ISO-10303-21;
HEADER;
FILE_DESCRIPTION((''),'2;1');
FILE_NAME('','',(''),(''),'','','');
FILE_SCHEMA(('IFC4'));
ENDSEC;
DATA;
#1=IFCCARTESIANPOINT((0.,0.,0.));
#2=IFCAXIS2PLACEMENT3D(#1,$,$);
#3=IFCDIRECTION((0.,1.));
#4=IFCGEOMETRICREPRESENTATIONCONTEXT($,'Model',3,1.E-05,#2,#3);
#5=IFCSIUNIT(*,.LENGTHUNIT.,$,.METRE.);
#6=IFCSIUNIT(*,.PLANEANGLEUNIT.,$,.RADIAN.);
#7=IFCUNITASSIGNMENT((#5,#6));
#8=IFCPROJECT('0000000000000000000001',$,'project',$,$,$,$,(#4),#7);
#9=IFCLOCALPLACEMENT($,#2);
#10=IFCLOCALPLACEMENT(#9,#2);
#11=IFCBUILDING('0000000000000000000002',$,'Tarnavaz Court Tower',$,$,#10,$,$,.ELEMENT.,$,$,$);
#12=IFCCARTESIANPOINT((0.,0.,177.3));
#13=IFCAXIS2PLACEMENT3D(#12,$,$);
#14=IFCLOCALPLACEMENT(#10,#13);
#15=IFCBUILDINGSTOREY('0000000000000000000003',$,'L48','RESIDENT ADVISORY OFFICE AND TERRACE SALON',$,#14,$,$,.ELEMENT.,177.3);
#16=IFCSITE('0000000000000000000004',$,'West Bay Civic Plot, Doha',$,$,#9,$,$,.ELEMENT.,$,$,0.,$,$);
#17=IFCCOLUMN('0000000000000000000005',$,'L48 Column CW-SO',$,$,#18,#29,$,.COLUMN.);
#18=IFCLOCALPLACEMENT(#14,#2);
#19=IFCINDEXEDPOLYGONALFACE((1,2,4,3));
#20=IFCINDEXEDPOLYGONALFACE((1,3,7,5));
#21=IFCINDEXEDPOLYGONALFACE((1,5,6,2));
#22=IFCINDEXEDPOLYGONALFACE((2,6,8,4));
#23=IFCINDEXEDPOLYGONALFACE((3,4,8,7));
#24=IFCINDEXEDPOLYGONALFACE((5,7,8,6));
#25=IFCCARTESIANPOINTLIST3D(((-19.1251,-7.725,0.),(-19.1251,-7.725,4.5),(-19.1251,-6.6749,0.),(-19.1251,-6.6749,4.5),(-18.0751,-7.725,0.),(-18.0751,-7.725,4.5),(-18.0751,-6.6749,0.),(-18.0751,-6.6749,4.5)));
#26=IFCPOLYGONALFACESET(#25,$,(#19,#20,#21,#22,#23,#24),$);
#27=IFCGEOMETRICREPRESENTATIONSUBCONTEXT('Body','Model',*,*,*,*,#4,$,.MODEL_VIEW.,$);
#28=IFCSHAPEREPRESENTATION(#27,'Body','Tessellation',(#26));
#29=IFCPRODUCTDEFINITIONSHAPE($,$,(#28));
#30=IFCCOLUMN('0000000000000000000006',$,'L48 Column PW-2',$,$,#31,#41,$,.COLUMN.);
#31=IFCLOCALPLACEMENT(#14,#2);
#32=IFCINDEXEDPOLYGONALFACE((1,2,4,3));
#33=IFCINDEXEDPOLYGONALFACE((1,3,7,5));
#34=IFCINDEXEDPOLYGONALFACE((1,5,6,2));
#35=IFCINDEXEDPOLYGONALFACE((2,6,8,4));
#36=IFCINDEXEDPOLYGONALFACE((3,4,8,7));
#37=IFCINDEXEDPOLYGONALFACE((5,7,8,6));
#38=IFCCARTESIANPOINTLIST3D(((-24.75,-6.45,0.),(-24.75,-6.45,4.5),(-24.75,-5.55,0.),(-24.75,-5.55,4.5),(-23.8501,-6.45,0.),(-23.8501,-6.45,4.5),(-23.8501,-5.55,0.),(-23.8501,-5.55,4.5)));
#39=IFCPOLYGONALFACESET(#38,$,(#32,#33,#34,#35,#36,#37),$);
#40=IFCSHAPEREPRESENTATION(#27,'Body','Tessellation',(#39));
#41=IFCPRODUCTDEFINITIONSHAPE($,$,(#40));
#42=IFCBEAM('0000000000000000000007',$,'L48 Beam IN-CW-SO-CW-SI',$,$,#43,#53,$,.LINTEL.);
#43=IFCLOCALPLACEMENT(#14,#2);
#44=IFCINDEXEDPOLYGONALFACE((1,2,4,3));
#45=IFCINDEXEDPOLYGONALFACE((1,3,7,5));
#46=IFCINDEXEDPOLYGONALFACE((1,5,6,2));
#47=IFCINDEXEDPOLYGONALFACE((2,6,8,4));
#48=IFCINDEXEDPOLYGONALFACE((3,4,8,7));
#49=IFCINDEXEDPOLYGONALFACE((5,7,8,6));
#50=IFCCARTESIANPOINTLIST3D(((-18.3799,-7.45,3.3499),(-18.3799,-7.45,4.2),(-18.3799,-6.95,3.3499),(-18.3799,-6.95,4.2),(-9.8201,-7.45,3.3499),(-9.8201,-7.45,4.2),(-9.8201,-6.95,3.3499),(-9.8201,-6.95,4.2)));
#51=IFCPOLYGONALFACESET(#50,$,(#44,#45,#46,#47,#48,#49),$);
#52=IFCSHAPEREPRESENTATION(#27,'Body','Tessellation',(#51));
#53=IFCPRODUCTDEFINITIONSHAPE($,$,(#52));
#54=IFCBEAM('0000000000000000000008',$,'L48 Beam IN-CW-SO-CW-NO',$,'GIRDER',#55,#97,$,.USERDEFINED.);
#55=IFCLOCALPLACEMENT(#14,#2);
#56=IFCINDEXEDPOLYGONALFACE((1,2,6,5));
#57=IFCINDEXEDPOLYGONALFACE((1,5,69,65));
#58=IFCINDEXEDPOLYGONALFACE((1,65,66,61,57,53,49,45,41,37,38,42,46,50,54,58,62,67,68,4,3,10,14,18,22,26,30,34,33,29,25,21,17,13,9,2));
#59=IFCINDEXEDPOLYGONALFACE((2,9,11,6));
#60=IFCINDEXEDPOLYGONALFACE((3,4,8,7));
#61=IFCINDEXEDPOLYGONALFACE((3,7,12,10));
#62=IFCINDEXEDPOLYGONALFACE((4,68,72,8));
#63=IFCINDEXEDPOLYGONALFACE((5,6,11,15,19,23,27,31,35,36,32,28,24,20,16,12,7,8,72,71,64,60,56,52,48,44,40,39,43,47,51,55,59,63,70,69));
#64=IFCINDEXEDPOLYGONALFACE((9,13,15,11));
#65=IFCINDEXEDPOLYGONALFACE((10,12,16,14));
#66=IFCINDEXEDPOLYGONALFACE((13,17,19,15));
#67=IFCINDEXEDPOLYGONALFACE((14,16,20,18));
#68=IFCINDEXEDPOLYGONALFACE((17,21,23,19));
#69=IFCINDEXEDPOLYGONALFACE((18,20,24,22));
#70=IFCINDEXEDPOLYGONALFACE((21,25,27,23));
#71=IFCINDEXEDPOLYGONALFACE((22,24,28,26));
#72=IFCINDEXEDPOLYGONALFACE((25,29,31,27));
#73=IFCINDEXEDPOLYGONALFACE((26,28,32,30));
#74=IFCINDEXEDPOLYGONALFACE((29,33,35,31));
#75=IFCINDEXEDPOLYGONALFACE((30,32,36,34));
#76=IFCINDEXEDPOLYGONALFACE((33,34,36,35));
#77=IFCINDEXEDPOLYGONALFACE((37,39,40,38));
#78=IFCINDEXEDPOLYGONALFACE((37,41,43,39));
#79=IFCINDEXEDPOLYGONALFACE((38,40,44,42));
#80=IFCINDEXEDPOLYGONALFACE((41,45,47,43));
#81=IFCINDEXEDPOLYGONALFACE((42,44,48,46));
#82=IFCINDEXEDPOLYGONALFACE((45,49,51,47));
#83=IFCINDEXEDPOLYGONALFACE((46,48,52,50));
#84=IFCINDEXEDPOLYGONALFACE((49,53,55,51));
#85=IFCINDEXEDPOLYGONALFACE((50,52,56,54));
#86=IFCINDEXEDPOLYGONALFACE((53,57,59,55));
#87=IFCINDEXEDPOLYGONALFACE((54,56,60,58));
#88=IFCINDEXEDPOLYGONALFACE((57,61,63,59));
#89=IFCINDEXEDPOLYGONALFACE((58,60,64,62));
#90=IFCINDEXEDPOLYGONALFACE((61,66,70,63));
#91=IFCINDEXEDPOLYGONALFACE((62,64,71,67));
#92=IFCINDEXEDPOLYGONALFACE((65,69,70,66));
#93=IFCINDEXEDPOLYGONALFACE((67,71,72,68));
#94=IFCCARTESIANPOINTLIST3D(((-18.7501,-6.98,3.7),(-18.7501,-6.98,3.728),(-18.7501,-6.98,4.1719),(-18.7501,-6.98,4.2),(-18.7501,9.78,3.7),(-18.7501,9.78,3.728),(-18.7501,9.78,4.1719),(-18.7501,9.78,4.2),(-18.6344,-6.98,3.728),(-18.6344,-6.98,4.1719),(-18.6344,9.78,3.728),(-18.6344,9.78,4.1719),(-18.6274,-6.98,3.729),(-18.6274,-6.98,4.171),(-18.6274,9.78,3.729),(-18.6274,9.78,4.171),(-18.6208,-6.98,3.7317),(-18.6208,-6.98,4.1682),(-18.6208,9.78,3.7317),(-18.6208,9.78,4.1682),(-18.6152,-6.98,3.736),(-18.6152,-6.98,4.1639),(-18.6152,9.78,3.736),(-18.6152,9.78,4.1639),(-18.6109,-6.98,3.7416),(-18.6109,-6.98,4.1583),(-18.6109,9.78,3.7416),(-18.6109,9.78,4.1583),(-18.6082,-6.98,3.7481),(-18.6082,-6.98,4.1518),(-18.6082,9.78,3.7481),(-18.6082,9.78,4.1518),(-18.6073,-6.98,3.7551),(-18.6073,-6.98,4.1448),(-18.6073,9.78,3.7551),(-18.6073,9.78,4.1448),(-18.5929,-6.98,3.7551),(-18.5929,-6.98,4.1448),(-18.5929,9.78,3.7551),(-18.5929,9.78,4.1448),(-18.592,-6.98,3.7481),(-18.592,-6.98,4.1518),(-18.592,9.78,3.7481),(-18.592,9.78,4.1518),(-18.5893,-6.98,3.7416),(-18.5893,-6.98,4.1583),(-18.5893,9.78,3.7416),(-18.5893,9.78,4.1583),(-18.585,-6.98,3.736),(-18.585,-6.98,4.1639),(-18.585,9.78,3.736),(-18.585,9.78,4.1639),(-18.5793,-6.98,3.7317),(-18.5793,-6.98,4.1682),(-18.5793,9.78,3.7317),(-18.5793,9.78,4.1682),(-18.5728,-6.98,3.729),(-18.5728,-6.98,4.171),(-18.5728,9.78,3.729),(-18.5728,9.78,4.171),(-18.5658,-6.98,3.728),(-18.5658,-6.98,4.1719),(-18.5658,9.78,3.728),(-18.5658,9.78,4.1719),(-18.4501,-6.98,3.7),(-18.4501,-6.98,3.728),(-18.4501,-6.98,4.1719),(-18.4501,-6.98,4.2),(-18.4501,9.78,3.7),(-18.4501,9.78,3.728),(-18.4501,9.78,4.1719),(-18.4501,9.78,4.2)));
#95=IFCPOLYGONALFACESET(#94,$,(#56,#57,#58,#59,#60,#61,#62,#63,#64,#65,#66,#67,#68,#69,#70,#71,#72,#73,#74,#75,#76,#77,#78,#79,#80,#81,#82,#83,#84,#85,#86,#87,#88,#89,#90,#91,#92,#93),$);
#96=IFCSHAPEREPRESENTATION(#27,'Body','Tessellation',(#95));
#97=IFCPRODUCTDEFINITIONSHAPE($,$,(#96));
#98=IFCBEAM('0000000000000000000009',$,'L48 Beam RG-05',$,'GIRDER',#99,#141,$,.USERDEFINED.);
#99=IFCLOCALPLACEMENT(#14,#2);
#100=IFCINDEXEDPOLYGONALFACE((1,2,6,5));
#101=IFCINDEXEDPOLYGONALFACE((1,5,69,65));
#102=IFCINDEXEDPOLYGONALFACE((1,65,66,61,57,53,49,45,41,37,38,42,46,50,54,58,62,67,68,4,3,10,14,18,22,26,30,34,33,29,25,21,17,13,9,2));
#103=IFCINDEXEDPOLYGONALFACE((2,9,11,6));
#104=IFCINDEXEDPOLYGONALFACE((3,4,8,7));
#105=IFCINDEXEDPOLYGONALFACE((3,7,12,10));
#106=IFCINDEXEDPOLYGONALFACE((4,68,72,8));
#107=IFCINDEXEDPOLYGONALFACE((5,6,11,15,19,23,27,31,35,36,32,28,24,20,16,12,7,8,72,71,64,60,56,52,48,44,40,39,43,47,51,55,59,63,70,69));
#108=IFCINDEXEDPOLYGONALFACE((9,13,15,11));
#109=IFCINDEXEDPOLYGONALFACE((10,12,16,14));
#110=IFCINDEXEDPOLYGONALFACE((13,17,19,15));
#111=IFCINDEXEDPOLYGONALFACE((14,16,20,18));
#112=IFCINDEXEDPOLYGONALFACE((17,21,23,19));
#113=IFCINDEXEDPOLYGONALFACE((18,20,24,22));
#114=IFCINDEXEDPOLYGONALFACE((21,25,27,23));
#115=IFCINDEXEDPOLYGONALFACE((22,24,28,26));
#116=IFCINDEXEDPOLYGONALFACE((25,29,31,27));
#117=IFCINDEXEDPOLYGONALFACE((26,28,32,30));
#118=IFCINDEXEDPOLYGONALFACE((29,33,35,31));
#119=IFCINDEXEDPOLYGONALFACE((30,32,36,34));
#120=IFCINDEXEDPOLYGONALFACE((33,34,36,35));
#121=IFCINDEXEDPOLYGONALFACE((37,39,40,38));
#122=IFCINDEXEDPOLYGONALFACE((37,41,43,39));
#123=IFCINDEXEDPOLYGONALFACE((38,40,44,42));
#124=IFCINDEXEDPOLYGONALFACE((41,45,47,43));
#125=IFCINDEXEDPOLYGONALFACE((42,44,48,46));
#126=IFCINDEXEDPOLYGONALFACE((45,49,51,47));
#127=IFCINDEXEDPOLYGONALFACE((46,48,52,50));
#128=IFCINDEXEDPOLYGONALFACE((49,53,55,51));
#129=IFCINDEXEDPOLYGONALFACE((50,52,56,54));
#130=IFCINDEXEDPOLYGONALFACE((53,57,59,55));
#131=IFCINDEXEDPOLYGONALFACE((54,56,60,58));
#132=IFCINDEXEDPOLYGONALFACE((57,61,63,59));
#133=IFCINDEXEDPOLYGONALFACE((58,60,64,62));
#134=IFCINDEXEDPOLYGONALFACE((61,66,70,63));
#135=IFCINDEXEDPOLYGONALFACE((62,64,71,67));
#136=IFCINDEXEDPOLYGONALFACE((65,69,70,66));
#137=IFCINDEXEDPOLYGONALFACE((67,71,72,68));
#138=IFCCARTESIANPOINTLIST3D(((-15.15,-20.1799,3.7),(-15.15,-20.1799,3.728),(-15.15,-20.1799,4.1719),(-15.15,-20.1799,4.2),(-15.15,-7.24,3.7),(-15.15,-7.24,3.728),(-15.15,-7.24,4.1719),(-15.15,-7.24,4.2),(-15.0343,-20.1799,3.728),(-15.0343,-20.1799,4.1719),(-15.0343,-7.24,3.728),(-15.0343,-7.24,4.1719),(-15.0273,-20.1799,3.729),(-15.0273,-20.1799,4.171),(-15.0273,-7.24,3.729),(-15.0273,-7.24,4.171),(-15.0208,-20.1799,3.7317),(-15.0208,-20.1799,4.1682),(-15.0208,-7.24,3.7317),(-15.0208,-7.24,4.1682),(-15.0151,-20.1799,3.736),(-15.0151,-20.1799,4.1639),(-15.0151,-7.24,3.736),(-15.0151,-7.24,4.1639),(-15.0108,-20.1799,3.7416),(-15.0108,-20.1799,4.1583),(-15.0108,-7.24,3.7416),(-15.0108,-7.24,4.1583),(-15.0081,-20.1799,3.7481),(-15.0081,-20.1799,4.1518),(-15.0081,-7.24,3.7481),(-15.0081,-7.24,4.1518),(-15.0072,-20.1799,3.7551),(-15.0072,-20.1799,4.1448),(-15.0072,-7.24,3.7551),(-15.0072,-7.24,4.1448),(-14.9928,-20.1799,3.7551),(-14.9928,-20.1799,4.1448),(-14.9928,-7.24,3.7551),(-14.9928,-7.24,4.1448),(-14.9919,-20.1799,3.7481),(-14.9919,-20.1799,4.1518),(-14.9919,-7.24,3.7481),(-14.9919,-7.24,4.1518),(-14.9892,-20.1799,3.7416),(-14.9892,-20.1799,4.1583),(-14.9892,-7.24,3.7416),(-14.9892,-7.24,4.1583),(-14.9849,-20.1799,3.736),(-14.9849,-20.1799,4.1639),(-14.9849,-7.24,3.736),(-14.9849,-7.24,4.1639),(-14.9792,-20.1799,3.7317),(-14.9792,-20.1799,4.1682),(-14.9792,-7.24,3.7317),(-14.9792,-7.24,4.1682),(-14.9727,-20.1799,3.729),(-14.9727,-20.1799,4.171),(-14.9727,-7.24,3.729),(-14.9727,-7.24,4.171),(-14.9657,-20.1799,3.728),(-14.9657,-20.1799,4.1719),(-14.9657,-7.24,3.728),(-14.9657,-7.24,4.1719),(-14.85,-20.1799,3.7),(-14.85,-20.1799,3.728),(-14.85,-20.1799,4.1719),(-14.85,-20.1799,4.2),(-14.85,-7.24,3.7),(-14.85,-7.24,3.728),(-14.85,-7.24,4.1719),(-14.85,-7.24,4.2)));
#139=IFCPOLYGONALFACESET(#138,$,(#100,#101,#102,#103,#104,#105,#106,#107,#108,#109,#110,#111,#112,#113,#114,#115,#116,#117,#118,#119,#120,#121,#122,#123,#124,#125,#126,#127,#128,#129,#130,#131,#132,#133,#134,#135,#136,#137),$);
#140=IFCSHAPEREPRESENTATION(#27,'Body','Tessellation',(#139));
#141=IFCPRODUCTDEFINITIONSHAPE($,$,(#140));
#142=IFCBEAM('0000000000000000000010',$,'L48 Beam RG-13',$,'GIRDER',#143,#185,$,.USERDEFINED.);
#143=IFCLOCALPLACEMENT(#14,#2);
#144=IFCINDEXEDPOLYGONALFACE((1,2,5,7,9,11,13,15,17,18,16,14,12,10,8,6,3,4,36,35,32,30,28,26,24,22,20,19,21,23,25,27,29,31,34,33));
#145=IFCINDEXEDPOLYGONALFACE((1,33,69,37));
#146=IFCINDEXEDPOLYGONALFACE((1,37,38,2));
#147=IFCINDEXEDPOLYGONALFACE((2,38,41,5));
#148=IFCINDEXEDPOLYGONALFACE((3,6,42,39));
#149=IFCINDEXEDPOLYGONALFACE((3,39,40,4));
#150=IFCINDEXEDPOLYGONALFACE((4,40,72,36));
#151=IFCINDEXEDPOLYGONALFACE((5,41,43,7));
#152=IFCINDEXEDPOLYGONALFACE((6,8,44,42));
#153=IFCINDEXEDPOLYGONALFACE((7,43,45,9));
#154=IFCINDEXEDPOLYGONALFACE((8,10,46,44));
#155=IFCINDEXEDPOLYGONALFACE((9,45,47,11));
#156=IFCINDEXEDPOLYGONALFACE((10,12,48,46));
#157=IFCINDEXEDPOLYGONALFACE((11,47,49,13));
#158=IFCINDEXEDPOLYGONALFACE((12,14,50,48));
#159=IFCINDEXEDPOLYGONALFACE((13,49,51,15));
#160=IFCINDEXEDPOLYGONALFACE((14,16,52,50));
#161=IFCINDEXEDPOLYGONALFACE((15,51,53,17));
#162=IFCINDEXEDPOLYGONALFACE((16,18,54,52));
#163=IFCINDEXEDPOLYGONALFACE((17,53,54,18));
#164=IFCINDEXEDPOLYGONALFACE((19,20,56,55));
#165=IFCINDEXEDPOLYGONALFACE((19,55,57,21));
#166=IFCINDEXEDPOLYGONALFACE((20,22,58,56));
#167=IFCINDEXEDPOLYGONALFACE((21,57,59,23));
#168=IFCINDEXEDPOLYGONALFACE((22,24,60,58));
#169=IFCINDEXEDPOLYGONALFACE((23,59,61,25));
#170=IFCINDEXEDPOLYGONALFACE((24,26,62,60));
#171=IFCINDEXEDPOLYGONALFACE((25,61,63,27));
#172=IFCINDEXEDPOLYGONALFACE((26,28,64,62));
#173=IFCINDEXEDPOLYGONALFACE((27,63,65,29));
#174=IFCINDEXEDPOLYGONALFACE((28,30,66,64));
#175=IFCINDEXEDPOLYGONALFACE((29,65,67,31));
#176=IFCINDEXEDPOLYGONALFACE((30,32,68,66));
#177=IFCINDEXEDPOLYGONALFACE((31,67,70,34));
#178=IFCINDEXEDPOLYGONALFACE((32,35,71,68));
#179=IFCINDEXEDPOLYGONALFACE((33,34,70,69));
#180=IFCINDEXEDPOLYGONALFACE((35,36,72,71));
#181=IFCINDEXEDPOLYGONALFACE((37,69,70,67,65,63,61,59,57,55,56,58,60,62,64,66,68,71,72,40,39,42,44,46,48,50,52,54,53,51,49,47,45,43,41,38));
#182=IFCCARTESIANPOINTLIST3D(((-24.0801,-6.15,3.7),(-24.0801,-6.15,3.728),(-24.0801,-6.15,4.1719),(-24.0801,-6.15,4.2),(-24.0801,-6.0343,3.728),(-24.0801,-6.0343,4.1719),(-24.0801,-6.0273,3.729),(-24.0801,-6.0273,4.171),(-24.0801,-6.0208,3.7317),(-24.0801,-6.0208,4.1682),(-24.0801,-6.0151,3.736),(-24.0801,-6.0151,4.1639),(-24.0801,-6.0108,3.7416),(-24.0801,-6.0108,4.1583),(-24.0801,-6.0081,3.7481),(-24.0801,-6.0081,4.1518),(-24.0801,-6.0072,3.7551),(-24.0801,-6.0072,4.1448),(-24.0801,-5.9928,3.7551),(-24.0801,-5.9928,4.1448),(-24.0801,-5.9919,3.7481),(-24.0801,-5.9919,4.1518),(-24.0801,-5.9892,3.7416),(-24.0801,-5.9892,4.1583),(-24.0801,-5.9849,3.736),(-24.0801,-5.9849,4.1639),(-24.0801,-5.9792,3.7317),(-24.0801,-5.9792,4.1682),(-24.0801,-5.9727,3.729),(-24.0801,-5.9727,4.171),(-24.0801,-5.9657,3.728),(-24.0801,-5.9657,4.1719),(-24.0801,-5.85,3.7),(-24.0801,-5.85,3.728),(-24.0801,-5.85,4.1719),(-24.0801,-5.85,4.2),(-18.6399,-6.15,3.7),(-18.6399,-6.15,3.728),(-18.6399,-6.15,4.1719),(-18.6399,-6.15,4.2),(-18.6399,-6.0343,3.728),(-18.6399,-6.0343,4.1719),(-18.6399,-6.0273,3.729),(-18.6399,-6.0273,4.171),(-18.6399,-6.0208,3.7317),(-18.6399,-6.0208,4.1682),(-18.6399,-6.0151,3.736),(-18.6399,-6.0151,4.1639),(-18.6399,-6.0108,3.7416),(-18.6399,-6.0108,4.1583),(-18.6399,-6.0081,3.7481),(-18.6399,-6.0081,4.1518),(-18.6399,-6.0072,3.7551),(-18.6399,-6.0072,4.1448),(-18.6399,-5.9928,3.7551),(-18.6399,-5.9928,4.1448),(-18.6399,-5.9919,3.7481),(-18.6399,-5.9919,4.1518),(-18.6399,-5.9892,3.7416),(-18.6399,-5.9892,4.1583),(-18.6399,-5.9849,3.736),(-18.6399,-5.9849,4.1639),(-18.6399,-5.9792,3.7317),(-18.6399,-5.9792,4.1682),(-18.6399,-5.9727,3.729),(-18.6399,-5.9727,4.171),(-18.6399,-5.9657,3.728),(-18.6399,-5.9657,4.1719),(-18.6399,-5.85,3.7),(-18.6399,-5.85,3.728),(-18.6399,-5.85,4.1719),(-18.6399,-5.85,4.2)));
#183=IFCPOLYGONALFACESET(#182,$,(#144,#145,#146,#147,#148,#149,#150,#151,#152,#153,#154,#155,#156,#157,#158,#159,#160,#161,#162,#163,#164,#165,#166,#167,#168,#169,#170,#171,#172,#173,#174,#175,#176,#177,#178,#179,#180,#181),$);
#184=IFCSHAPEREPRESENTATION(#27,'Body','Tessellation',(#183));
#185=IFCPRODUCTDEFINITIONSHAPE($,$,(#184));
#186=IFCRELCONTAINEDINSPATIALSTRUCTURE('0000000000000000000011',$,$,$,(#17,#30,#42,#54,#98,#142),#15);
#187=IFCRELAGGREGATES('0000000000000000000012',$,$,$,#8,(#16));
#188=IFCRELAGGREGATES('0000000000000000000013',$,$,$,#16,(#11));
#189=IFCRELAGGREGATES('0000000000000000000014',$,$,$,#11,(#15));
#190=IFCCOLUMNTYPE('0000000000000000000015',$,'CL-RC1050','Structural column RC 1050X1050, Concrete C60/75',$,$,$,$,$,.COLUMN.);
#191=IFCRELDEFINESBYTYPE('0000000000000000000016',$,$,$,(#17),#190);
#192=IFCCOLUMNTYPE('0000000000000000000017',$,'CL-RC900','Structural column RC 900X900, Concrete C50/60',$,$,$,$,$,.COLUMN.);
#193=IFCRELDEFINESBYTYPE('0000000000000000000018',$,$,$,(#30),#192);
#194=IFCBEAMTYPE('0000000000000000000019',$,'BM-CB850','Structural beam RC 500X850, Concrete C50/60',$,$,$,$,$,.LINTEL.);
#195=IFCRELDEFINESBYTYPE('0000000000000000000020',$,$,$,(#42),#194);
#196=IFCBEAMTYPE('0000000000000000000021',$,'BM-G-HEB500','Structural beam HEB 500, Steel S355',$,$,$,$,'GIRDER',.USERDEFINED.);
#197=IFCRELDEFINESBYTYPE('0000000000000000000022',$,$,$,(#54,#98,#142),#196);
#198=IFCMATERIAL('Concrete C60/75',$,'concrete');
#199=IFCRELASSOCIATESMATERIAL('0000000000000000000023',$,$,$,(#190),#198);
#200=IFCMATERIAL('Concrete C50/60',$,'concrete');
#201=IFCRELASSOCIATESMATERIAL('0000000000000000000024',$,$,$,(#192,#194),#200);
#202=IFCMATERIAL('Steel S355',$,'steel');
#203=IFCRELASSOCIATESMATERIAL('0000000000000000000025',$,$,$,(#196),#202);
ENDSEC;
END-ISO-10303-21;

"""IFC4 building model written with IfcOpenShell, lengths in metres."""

from ifc_helpers import new_model, si_unit, direction, frame, origin, origin_2d, place, context, subcontext, project, spatial, rectangle, i_section, extrude, material, material_profile, profile_set, type_object, element, save


model = new_model("IFC4")

# Units and contexts
model_context = context("Model", 3, precision=1e-05, world=origin(), true_north=direction((0.0, 1.0)))
body_context = subcontext(model_context, "Body", "Model", "MODEL_VIEW")
ifc_project = project(units=[si_unit("LENGTHUNIT", "METRE"), si_unit("PLANEANGLEUNIT", "RADIAN")], contexts=[model_context])

# Site, building, storey
site_placement = place(None, origin())
site = spatial("IfcSite", under=ifc_project, at=site_placement, Name="West Bay Civic Plot, Doha", CompositionType="ELEMENT", RefElevation=0.0)
building_placement = place(site_placement, origin())
building = spatial("IfcBuilding", under=site, at=building_placement, Name="Tarnavaz Court Tower", CompositionType="ELEMENT")
storey_placement = place(building_placement, frame((0.0, 0.0, 177.3)))
storey = spatial("IfcBuildingStorey", under=building, at=storey_placement, Name="L48", Description="RESIDENT ADVISORY OFFICE AND TERRACE SALON", CompositionType="ELEMENT", Elevation=177.3)

# Columns
ifc_material_1 = material(Name="Concrete C60/75", Category="concrete")
ifc_material_profile_1 = material_profile(ifc_material_1, rectangle(XDim=1.05, YDim=1.05, at=origin_2d()), Name="RC 1050X1050")
ifc_profile_set_1 = profile_set([ifc_material_profile_1], Name="Concrete C60/75")
column_type_1 = type_object("IfcColumnType", Name="CL-RC1050", Description="Structural column RC 1050X1050, Concrete C60/75", PredefinedType="COLUMN", material=ifc_profile_set_1)
column_1_placement = place(storey_placement, frame((-18.6001, -7.2, 0.0), z_axis=(0.0, 0.0, 1.0), x_axis=(1.0, 0.0, 0.0)))
element("IfcColumn", 1, at=column_1_placement, inside=storey, type_object=column_type_1, Name="L48 Column CW-SO", PredefinedType="COLUMN", context=body_context, shape_type="SweptSolid", body=[
    extrude(rectangle(XDim=1.05, YDim=1.05, at=origin_2d()), origin(), (0.0, 0.0, 1.0), 4.5),
])
ifc_material_2 = material(Name="Concrete C50/60", Category="concrete")
ifc_material_profile_2 = material_profile(ifc_material_2, rectangle(XDim=0.8999, YDim=0.8999, at=origin_2d()), Name="RC 900X900")
ifc_profile_set_2 = profile_set([ifc_material_profile_2], Name="Concrete C50/60")
column_type_2 = type_object("IfcColumnType", Name="CL-RC900", Description="Structural column RC 900X900, Concrete C50/60", PredefinedType="COLUMN", material=ifc_profile_set_2)
column_2_placement = place(storey_placement, frame((-24.3, -6.0, 0.0), z_axis=(0.0, 0.0, 1.0), x_axis=(1.0, 0.0, 0.0)))
element("IfcColumn", 2, at=column_2_placement, inside=storey, type_object=column_type_2, Name="L48 Column PW-2", PredefinedType="COLUMN", context=body_context, shape_type="SweptSolid", body=[
    extrude(rectangle(XDim=0.8999, YDim=0.8999, at=origin_2d()), origin(), (0.0, 0.0, 1.0), 4.5),
])

# Beams
ifc_material_profile_3 = material_profile(ifc_material_2, rectangle(XDim=0.5, YDim=0.8501, at=origin_2d()), Name="RC 500X850")
ifc_profile_set_3 = profile_set([ifc_material_profile_3], Name="Concrete C50/60")
beam_type_1 = type_object("IfcBeamType", Name="BM-CB850", Description="Structural beam RC 500X850, Concrete C50/60", PredefinedType="LINTEL", material=ifc_profile_set_3)
beam_1_placement = place(storey_placement, frame((-18.3799, -7.2, 3.7749), z_axis=(1.0, 0.0, 0.0), x_axis=(0.0, 1.0, 0.0)))
element("IfcBeam", 3, at=beam_1_placement, inside=storey, type_object=beam_type_1, Name="L48 Beam IN-CW-SO-CW-SI", PredefinedType="LINTEL", context=body_context, shape_type="SweptSolid", body=[
    extrude(rectangle(XDim=0.5, YDim=0.8501, at=origin_2d()), origin(), (0.0, 0.0, 1.0), 8.5598),
])
ifc_material_3 = material(Name="Steel S355", Category="steel")
ifc_material_profile_4 = material_profile(ifc_material_3, i_section(OverallWidth=0.3, OverallDepth=0.5, WebThickness=0.0144, FlangeThickness=0.0281, FilletRadius=0.0271, at=origin_2d()), Name="HEB 500")
ifc_profile_set_4 = profile_set([ifc_material_profile_4], Name="Steel S355")
beam_type_2 = type_object("IfcBeamType", Name="BM-G-HEB500", Description="Structural beam HEB 500, Steel S355", ElementType="GIRDER", PredefinedType="USERDEFINED", material=ifc_profile_set_4)
beam_2_placement = place(storey_placement, frame((-18.6001, -6.98, 3.95), z_axis=(0.0, 1.0, 0.0), x_axis=(-1.0, 0.0, 0.0)))
element("IfcBeam", 4, at=beam_2_placement, inside=storey, type_object=beam_type_2, Name="L48 Beam IN-CW-SO-CW-NO", ObjectType="GIRDER", PredefinedType="USERDEFINED", context=body_context, shape_type="SweptSolid", body=[
    extrude(i_section(OverallWidth=0.3, OverallDepth=0.5, WebThickness=0.0144, FlangeThickness=0.0281, FilletRadius=0.0271, at=origin_2d()), origin(), (0.0, 0.0, 1.0), 16.76),
])
beam_3_placement = place(storey_placement, frame((-15.0, -7.24, 3.95), z_axis=(0.0, -1.0, 0.0), x_axis=(1.0, 0.0, 0.0)))
element("IfcBeam", 5, at=beam_3_placement, inside=storey, type_object=beam_type_2, Name="L48 Beam RG-05", ObjectType="GIRDER", PredefinedType="USERDEFINED", context=body_context, shape_type="SweptSolid", body=[
    extrude(i_section(OverallWidth=0.3, OverallDepth=0.5, WebThickness=0.0144, FlangeThickness=0.0281, FilletRadius=0.0271, at=origin_2d()), origin(), (0.0, 0.0, 1.0), 12.9399),
])
beam_4_placement = place(storey_placement, frame((-18.6399, -6.0, 3.95), z_axis=(-1.0, 0.0, 0.0), x_axis=(0.0, -1.0, 0.0)))
element("IfcBeam", 6, at=beam_4_placement, inside=storey, type_object=beam_type_2, Name="L48 Beam RG-13", ObjectType="GIRDER", PredefinedType="USERDEFINED", context=body_context, shape_type="SweptSolid", body=[
    extrude(i_section(OverallWidth=0.3, OverallDepth=0.5, WebThickness=0.0144, FlangeThickness=0.0281, FilletRadius=0.0271, at=origin_2d()), origin(), (0.0, 0.0, 1.0), 5.4402),
])

save(model, "model.ifc")
